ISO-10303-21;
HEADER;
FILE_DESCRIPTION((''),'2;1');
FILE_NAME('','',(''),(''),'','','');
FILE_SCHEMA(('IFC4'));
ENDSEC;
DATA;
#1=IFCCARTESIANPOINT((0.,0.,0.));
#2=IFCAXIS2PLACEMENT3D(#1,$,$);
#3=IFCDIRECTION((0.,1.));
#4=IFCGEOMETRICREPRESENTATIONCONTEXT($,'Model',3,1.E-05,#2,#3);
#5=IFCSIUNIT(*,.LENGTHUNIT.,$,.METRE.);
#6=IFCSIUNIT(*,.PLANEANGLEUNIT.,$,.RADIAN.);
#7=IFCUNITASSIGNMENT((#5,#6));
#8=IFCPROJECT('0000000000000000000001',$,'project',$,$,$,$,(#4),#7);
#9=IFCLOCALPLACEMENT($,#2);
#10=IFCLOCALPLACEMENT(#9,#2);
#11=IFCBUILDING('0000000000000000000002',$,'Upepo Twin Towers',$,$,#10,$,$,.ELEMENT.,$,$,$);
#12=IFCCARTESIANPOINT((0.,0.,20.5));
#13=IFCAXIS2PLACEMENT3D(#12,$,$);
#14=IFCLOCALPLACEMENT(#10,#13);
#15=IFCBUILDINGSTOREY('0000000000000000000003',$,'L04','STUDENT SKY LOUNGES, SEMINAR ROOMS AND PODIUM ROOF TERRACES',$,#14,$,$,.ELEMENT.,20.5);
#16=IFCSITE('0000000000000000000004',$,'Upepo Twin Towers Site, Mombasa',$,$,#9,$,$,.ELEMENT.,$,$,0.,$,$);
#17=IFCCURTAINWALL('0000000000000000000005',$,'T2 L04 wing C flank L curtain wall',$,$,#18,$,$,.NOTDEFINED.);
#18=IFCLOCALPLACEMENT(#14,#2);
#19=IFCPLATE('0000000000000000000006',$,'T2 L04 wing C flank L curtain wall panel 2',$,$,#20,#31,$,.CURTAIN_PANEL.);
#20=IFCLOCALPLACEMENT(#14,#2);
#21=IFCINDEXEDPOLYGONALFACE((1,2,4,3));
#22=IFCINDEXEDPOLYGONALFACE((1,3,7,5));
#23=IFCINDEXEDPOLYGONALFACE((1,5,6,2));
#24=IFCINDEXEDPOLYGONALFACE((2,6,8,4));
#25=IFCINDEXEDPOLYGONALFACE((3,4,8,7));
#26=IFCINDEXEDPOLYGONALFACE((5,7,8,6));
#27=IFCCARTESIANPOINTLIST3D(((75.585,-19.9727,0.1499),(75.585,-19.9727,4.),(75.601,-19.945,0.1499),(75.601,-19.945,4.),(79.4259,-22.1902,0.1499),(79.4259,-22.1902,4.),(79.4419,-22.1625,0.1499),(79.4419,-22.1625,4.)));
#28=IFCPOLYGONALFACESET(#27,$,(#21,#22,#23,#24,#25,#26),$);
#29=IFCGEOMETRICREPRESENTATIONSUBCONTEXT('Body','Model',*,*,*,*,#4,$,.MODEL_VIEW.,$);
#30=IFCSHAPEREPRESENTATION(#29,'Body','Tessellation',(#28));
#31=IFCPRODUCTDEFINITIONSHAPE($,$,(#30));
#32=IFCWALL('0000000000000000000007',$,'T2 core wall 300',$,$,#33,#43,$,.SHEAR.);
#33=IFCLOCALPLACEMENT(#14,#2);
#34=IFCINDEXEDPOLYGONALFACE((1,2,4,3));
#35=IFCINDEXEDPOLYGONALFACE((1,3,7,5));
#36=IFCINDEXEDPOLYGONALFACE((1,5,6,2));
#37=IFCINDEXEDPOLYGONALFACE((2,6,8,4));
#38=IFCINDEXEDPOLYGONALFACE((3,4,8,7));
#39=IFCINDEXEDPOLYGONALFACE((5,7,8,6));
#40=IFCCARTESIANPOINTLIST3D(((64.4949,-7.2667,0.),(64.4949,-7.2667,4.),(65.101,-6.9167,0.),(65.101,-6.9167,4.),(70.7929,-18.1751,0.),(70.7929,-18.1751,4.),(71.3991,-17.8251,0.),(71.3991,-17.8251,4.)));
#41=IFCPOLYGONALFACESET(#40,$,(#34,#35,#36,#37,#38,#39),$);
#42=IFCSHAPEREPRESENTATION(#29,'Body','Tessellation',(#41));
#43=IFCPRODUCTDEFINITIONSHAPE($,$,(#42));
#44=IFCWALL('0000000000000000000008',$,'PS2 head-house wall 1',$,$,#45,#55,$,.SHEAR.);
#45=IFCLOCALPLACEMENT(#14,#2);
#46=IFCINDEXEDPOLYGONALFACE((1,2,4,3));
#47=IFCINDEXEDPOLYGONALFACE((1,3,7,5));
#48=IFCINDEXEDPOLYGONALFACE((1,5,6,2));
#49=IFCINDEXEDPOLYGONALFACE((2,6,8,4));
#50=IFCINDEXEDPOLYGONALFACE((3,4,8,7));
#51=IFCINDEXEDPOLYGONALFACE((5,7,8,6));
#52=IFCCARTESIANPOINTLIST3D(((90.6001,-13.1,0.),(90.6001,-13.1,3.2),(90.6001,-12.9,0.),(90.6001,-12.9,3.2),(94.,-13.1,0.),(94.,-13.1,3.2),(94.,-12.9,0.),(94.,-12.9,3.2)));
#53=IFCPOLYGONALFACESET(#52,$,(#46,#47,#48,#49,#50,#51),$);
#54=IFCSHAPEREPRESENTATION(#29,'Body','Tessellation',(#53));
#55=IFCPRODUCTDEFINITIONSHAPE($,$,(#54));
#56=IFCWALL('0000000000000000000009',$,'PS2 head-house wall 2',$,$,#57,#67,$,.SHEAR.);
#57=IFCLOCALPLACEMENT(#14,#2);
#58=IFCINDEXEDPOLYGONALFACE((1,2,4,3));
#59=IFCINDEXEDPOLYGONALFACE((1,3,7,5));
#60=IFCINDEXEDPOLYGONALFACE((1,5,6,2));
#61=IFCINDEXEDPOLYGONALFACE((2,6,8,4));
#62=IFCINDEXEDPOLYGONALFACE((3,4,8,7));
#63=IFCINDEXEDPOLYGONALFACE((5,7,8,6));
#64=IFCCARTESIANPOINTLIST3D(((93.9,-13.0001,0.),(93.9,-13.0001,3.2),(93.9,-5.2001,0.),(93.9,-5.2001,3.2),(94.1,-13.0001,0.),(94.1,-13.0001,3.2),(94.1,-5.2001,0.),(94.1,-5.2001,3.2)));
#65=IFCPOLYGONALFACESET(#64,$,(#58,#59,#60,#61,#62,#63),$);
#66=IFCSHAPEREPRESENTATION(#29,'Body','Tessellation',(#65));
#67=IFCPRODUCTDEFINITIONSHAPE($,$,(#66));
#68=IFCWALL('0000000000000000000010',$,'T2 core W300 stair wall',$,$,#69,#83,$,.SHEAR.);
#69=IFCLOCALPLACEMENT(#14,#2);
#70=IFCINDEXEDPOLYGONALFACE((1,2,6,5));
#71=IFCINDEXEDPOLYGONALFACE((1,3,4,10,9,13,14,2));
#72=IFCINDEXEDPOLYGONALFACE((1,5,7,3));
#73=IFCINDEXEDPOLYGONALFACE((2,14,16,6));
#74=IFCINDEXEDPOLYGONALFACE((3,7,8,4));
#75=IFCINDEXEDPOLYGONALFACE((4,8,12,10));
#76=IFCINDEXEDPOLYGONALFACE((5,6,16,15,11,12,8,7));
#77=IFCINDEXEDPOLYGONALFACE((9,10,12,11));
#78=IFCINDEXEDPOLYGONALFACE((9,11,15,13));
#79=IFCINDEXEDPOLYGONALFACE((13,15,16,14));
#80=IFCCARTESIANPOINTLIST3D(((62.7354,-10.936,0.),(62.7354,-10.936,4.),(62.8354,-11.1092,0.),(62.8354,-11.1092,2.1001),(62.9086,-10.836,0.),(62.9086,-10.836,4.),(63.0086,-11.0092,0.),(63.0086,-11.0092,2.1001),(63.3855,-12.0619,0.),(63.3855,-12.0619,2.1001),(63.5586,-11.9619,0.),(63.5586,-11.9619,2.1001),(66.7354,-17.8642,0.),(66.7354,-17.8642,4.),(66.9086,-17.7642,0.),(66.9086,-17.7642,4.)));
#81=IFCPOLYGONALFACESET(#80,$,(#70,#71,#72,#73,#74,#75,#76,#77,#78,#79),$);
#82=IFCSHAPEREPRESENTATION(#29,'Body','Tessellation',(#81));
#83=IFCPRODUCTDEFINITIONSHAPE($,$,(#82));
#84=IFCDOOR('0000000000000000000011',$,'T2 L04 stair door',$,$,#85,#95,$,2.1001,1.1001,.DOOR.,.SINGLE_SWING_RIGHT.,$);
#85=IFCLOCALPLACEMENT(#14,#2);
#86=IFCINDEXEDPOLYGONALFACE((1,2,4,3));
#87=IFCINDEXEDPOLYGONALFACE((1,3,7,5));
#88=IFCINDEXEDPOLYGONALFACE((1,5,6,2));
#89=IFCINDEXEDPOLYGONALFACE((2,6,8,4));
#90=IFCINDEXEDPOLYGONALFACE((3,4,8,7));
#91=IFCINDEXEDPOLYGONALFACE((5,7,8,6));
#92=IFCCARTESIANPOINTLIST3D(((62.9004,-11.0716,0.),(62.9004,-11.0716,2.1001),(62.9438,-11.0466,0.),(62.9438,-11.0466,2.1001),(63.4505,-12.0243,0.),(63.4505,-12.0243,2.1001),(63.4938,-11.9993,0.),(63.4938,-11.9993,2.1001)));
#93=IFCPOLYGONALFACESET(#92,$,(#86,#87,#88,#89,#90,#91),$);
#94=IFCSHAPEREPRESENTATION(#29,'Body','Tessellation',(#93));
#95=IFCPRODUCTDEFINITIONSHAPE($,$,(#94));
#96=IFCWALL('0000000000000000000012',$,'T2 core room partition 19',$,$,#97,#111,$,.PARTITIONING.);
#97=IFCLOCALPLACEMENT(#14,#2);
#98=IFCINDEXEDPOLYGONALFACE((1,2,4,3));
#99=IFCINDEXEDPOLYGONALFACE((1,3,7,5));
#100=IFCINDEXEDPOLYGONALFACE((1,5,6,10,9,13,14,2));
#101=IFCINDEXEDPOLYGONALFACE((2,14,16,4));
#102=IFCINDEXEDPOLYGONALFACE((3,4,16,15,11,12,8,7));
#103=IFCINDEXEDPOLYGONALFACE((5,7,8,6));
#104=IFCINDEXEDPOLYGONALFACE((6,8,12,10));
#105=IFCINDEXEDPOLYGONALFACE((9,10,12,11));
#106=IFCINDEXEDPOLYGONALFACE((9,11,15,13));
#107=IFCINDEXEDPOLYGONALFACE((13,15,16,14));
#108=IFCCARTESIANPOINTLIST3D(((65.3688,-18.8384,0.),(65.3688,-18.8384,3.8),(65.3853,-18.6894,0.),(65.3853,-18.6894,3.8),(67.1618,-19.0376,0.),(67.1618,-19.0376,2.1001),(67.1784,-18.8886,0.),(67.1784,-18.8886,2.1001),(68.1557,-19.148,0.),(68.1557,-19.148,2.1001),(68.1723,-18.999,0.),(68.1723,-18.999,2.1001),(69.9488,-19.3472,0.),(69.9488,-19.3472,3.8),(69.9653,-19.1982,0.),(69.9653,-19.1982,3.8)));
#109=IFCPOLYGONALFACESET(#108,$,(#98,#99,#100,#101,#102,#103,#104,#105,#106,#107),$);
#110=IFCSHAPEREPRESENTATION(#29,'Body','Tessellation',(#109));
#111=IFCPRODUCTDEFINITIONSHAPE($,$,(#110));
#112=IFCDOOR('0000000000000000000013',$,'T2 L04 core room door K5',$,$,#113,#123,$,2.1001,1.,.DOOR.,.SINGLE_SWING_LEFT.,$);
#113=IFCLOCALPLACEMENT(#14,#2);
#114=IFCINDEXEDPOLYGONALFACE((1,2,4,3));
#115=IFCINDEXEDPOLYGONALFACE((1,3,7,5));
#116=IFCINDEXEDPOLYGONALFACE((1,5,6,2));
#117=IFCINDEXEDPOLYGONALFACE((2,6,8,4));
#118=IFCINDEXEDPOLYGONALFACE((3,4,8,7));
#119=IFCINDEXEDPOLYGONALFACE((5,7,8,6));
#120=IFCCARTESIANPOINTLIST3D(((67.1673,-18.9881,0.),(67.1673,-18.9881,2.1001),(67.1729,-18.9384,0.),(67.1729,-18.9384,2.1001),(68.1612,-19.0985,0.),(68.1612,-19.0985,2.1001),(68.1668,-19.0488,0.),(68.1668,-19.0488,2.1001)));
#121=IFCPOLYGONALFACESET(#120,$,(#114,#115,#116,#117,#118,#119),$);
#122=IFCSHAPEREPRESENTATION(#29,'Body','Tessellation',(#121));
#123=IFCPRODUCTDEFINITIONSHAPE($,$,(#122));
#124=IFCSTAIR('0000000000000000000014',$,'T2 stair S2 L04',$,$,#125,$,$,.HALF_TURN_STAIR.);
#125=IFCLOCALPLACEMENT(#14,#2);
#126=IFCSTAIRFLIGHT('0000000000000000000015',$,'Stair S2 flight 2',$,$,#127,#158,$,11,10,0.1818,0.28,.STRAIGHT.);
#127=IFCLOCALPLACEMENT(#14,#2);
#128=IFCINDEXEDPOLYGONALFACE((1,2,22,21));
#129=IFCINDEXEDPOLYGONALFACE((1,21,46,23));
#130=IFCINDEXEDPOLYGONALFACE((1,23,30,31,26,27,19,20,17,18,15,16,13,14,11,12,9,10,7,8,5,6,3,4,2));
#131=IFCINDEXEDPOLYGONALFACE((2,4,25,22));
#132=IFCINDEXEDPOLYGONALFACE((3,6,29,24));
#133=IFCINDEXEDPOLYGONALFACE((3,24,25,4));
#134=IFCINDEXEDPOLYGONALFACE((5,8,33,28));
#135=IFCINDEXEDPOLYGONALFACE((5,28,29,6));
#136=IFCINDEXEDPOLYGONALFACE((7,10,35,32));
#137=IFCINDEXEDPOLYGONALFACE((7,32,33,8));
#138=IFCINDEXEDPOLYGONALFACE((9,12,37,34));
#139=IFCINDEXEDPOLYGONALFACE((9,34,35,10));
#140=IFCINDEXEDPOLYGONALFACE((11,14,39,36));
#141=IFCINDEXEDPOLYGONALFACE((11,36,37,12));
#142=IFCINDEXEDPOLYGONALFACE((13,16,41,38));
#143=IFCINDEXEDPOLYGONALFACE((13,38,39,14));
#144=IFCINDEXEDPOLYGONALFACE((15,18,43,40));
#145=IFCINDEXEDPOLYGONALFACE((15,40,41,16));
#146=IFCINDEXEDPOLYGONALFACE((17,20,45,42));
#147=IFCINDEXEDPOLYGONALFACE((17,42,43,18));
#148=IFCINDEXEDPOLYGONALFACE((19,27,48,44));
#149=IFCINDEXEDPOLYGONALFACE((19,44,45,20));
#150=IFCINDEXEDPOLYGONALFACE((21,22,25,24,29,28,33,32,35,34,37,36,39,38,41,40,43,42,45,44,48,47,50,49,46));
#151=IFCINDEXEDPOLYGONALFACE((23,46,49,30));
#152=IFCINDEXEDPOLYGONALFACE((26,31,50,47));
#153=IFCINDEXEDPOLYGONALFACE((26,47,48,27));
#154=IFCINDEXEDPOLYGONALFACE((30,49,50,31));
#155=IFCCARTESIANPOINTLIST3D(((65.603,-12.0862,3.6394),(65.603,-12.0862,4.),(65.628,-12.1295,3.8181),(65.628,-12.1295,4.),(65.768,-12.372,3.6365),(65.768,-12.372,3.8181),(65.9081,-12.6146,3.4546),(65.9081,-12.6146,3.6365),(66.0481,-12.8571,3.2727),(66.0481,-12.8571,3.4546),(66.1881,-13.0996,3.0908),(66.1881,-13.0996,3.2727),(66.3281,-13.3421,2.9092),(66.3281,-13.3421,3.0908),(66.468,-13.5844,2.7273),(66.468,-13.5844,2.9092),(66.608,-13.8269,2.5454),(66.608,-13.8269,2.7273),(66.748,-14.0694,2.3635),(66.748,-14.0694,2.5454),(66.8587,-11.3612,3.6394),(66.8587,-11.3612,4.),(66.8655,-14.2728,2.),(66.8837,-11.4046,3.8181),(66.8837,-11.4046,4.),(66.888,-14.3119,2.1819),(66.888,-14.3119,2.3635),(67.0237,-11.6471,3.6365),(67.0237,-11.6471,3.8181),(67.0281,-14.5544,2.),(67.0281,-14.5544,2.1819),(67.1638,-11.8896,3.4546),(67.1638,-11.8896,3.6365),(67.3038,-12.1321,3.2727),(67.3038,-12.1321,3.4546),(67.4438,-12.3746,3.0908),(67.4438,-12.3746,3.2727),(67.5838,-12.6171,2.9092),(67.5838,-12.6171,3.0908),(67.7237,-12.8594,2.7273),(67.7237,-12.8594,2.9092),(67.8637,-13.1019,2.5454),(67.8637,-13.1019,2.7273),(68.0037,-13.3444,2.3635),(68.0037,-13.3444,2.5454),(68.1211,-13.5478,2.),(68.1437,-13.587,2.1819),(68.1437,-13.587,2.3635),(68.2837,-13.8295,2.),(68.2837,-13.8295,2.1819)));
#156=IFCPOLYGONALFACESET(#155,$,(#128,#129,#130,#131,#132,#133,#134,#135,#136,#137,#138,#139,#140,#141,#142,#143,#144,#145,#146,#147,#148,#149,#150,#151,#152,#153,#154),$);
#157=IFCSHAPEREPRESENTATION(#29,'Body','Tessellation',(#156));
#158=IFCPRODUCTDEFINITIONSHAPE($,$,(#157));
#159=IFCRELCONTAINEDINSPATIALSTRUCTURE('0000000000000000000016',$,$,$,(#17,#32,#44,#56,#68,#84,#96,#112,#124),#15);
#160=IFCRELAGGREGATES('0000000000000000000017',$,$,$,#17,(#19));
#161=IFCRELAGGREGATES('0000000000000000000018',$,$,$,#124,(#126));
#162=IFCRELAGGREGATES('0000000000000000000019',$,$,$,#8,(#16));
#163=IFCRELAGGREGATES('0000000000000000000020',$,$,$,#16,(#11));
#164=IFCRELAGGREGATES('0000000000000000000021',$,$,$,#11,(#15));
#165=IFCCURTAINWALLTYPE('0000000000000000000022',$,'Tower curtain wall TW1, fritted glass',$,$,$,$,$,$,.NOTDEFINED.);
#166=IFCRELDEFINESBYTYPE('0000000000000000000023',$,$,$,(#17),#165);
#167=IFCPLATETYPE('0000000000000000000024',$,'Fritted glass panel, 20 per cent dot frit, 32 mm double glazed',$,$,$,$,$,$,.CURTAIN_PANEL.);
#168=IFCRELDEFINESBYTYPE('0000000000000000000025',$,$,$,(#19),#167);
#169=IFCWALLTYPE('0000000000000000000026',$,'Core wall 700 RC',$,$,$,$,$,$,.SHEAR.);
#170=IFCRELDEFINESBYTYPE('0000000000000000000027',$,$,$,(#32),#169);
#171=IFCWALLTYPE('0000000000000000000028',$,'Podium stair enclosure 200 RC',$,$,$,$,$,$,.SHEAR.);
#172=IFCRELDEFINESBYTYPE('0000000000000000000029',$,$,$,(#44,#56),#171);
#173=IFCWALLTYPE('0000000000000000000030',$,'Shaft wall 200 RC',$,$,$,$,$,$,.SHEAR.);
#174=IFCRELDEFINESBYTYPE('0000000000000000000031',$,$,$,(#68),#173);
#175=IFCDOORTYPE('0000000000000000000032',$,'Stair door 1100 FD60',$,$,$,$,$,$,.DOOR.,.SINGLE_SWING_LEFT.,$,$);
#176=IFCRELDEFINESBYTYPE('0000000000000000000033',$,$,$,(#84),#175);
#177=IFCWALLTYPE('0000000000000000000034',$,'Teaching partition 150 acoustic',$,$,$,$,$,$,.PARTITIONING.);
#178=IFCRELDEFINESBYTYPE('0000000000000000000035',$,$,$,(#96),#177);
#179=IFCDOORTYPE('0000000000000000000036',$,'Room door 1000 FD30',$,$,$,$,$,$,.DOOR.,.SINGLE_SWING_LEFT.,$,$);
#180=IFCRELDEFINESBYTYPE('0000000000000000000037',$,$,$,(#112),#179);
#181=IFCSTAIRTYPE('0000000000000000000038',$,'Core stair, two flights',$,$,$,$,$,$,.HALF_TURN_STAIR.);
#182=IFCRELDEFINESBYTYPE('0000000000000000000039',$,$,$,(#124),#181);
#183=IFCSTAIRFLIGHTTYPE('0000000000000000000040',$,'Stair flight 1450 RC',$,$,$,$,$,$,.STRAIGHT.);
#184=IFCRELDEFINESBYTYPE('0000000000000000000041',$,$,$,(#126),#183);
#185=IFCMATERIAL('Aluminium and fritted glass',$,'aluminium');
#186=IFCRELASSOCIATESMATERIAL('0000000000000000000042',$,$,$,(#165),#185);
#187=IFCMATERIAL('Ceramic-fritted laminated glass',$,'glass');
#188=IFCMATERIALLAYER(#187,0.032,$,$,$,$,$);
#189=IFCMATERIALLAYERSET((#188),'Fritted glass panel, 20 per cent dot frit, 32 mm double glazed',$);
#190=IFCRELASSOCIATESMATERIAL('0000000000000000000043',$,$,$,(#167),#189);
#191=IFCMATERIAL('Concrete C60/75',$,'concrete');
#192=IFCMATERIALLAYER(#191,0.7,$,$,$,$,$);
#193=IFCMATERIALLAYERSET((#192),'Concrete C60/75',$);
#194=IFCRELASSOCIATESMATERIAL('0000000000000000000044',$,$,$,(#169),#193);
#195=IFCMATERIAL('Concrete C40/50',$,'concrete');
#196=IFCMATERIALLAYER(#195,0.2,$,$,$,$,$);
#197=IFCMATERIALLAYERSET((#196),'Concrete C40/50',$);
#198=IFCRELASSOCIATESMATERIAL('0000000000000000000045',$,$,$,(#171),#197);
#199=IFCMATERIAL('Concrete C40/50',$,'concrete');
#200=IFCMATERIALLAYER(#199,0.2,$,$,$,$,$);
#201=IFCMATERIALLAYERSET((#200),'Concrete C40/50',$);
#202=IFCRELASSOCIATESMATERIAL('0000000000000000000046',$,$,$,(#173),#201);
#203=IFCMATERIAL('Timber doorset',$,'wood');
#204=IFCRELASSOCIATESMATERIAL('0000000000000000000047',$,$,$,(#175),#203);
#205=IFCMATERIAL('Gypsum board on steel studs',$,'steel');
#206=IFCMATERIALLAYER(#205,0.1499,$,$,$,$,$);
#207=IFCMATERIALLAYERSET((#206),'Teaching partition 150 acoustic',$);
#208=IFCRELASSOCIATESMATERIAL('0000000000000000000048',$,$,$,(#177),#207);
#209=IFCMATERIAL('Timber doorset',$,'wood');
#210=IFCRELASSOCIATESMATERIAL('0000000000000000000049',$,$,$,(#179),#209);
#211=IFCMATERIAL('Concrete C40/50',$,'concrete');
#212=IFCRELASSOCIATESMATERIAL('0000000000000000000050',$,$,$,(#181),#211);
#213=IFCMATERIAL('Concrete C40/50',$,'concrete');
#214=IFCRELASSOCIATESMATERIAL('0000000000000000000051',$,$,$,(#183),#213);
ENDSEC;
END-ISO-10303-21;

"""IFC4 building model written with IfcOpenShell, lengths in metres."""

from ifc_helpers import new_model, si_unit, direction, frame, frame_2d, origin, origin_2d, place, context, subcontext, project, spatial, polyline, rectangle, outline, extrude, material, layer, layer_set, type_object, element, fill, aggregate, save


model = new_model("IFC4")

# Units and contexts
model_context = context("Model", 3, precision=1e-05, world=origin(), true_north=direction((0.0, 1.0)))
body_context = subcontext(model_context, "Body", "Model", "MODEL_VIEW")
ifc_project = project(units=[si_unit("LENGTHUNIT", "METRE"), si_unit("PLANEANGLEUNIT", "RADIAN")], contexts=[model_context])

# Site, building, storey
site_placement = place(None, origin())
site = spatial("IfcSite", under=ifc_project, at=site_placement, Name="Upepo Twin Towers Site, Mombasa", CompositionType="ELEMENT", RefElevation=0.0)
building_placement = place(site_placement, origin())
building = spatial("IfcBuilding", under=site, at=building_placement, Name="Upepo Twin Towers", CompositionType="ELEMENT")
storey_placement = place(building_placement, frame((0.0, 0.0, 20.5)))
storey = spatial("IfcBuildingStorey", under=building, at=storey_placement, Name="L04", Description="STUDENT SKY LOUNGES, SEMINAR ROOMS AND PODIUM ROOF TERRACES", CompositionType="ELEMENT", Elevation=20.5)

# Curtain wall, plate
ifc_material_1 = material(Name="Aluminium and fritted glass", Category="aluminium")
curtain_wall_type = type_object("IfcCurtainWallType", Name="Tower curtain wall TW1, fritted glass", PredefinedType="NOTDEFINED", material=ifc_material_1)
curtain_wall_placement = place(storey_placement, origin())
curtain_wall = element("IfcCurtainWall", 1, at=curtain_wall_placement, inside=storey, type_object=curtain_wall_type, Name="T2 L04 wing C flank L curtain wall", PredefinedType="NOTDEFINED")
ifc_material_2 = material(Name="Ceramic-fritted laminated glass", Category="glass")
ifc_layer_1 = layer(ifc_material_2, 0.032)
ifc_layer_set_1 = layer_set([ifc_layer_1], Name="Fritted glass panel, 20 per cent dot frit, 32 mm double glazed")
plate_type = type_object("IfcPlateType", Name="Fritted glass panel, 20 per cent dot frit, 32 mm double glazed", PredefinedType="CURTAIN_PANEL", material=ifc_layer_set_1)
plate_1_placement = place(storey_placement, frame((77.5134, -21.0676, 0.1499), z_axis=(0.0, 0.0, 1.0), x_axis=(0.866025, -0.5, 0.0)))
plate_1 = element("IfcPlate", 2, at=plate_1_placement, type_object=plate_type, Name="T2 L04 wing C flank L curtain wall panel 2", PredefinedType="CURTAIN_PANEL", context=body_context, shape_type="SweptSolid", body=[
    extrude(rectangle(XDim=4.4351, YDim=0.032, at=origin_2d()), origin(), (0.0, 0.0, 1.0), 3.8501),
])
aggregate(curtain_wall, [plate_1])

# Walls
ifc_material_3 = material(Name="Concrete C60/75", Category="concrete")
ifc_layer_2 = layer(ifc_material_3, 0.7)
ifc_layer_set_2 = layer_set([ifc_layer_2], Name="Concrete C60/75")
wall_type_1 = type_object("IfcWallType", Name="Core wall 700 RC", PredefinedType="SHEAR", material=ifc_layer_set_2)
wall_1_placement = place(storey_placement, frame((71.0959, -18.0, 0.0), z_axis=(0.0, 0.0, 1.0), x_axis=(-0.500006, 0.866022, 0.0)))
element("IfcWall", 3, at=wall_1_placement, inside=storey, type_object=wall_type_1, Name="T2 core wall 300", PredefinedType="SHEAR", context=body_context, shape_type="SweptSolid", body=[
    extrude(rectangle(XDim=12.5959, YDim=0.7, at=frame_2d((6.2979, 0.0))), origin(), (0.0, 0.0, 1.0), 4.0),
])
ifc_material_4 = material(Name="Concrete C40/50", Category="concrete")
ifc_layer_3 = layer(ifc_material_4, 0.2)
ifc_layer_set_3 = layer_set([ifc_layer_3], Name="Concrete C40/50")
wall_type_2 = type_object("IfcWallType", Name="Podium stair enclosure 200 RC", PredefinedType="SHEAR", material=ifc_layer_set_3)
wall_2_placement = place(storey_placement, frame((90.6001, -13.0, 0.0), z_axis=(0.0, 0.0, 1.0), x_axis=(1.0, 0.0, 0.0)))
element("IfcWall", 4, at=wall_2_placement, inside=storey, type_object=wall_type_2, Name="PS2 head-house wall 1", PredefinedType="SHEAR", context=body_context, shape_type="SweptSolid", body=[
    extrude(rectangle(XDim=3.3999, YDim=0.2, at=frame_2d((1.7, 0.0))), origin(), (0.0, 0.0, 1.0), 3.2),
])
wall_3_placement = place(storey_placement, frame((94.0, -13.0, 0.0), z_axis=(0.0, 0.0, 1.0), x_axis=(0.0, 1.0, 0.0)))
element("IfcWall", 5, at=wall_3_placement, inside=storey, type_object=wall_type_2, Name="PS2 head-house wall 2", PredefinedType="SHEAR", context=body_context, shape_type="SweptSolid", body=[
    extrude(rectangle(XDim=7.8, YDim=0.2, at=frame_2d((3.8999, 0.0))), origin(), (0.0, 0.0, 1.0), 3.2),
])

# Walls, openings, doors
ifc_material_5 = material(Name="Concrete C40/50", Category="concrete")
ifc_layer_4 = layer(ifc_material_5, 0.2)
ifc_layer_set_4 = layer_set([ifc_layer_4], Name="Concrete C40/50")
wall_type_3 = type_object("IfcWallType", Name="Shaft wall 200 RC", PredefinedType="SHEAR", material=ifc_layer_set_4)
wall_4_placement = place(storey_placement, frame((66.822, -17.8142, 0.0), z_axis=(0.0, 0.0, 1.0), x_axis=(-0.499999, 0.866026, 0.0)))
wall_4 = element("IfcWall", 6, at=wall_4_placement, inside=storey, type_object=wall_type_3, Name="T2 core W300 stair wall", PredefinedType="SHEAR", context=body_context, shape_type="SweptSolid", body=[
    extrude(rectangle(XDim=8.0, YDim=0.2, at=frame_2d((4.0, 0.0))), origin(), (0.0, 0.0, 1.0), 4.0),
])
opening_1_placement = place(wall_4_placement, frame((6.7, 0.0, 0.0)))
opening_1 = element("IfcOpeningElement", 7, at=opening_1_placement, cuts=wall_4, PredefinedType="OPENING", context=body_context, shape_type="SweptSolid", body=[
    extrude(rectangle(XDim=1.1001, YDim=2.1001, at=frame_2d((0.55, 1.05))), frame((0.0, 0.1099, 0.0), z_axis=(0.0, -1.0, 0.0), x_axis=(1.0, 0.0, 0.0)), (0.0, 0.0, 1.0), 0.22),
])
ifc_material_6 = material(Name="Timber doorset", Category="wood")
door_type_1 = type_object("IfcDoorType", Name="Stair door 1100 FD60", OperationType="SINGLE_SWING_LEFT", PredefinedType="DOOR", material=ifc_material_6)
door_1_placement = place(opening_1_placement, origin())
door_1 = element("IfcDoor", 8, at=door_1_placement, inside=storey, type_object=door_type_1, Name="T2 L04 stair door", OperationType="SINGLE_SWING_RIGHT", OverallHeight=2.1001, OverallWidth=1.1001, PredefinedType="DOOR", context=body_context, shape_type="SweptSolid", body=[
    extrude(rectangle(XDim=1.1001, YDim=2.1001, at=frame_2d((0.55, 1.05))), frame((0.0, 0.0249, 0.0), z_axis=(0.0, -1.0, 0.0), x_axis=(1.0, 0.0, 0.0)), (0.0, 0.0, 1.0), 0.05),
])
fill(opening_1, door_1)
ifc_material_7 = material(Name="Gypsum board on steel studs", Category="steel")
ifc_layer_5 = layer(ifc_material_7, 0.1499)
ifc_layer_set_5 = layer_set([ifc_layer_5], Name="Teaching partition 150 acoustic")
wall_type_4 = type_object("IfcWallType", Name="Teaching partition 150 acoustic", PredefinedType="PARTITIONING", material=ifc_layer_set_5)
wall_5_placement = place(storey_placement, frame((65.377, -18.7639, 0.0), z_axis=(0.0, 0.0, 1.0), x_axis=(0.993886, -0.110408, 0.0)))
wall_5 = element("IfcWall", 9, at=wall_5_placement, inside=storey, type_object=wall_type_4, Name="T2 core room partition 19", PredefinedType="PARTITIONING", context=body_context, shape_type="SweptSolid", body=[
    extrude(rectangle(XDim=4.6082, YDim=0.1499, at=frame_2d((2.3042, 0.0))), origin(), (0.0, 0.0, 1.0), 3.8),
])
opening_2_placement = place(wall_5_placement, frame((1.8042, 0.0, 0.0)))
opening_2 = element("IfcOpeningElement", 10, at=opening_2_placement, cuts=wall_5, PredefinedType="OPENING", context=body_context, shape_type="SweptSolid", body=[
    extrude(rectangle(XDim=1.0, YDim=2.1001, at=frame_2d((0.5, 1.05))), frame((0.0, 0.085, 0.0), z_axis=(0.0, -1.0, 0.0), x_axis=(1.0, 0.0, 0.0)), (0.0, 0.0, 1.0), 0.1699),
])
ifc_material_8 = material(Name="Timber doorset", Category="wood")
door_type_2 = type_object("IfcDoorType", Name="Room door 1000 FD30", OperationType="SINGLE_SWING_LEFT", PredefinedType="DOOR", material=ifc_material_8)
door_2_placement = place(opening_2_placement, origin())
door_2 = element("IfcDoor", 11, at=door_2_placement, inside=storey, type_object=door_type_2, Name="T2 L04 core room door K5", OperationType="SINGLE_SWING_LEFT", OverallHeight=2.1001, OverallWidth=1.0, PredefinedType="DOOR", context=body_context, shape_type="SweptSolid", body=[
    extrude(rectangle(XDim=1.0, YDim=2.1001, at=frame_2d((0.5, 1.05))), frame((0.0, 0.0249, 0.0), z_axis=(0.0, -1.0, 0.0), x_axis=(1.0, 0.0, 0.0)), (0.0, 0.0, 1.0), 0.05),
])
fill(opening_2, door_2)

# Stair, stair flight
ifc_material_9 = material(Name="Concrete C40/50", Category="concrete")
stair_type = type_object("IfcStairType", Name="Core stair, two flights", PredefinedType="HALF_TURN_STAIR", material=ifc_material_9)
stair_placement = place(storey_placement, origin())
stair = element("IfcStair", 12, at=stair_placement, inside=storey, type_object=stair_type, Name="T2 stair S2 L04", PredefinedType="HALF_TURN_STAIR")
ifc_material_10 = material(Name="Concrete C40/50", Category="concrete")
stair_flight_type = type_object("IfcStairFlightType", Name="Stair flight 1450 RC", PredefinedType="STRAIGHT", material=ifc_material_10)
stair_flight_placement = place(storey_placement, frame((67.656, -14.1919, 2.0), z_axis=(0.0, 0.0, 1.0), x_axis=(-0.5, 0.866025, 0.0)))
stair_flight = element("IfcStairFlight", 13, at=stair_flight_placement, type_object=stair_flight_type, Name="Stair S2 flight 2", NumberOfRisers=11, NumberOfTreads=10, PredefinedType="STRAIGHT", RiserHeight=0.1818, TreadLength=0.28, context=body_context, shape_type="SweptSolid", body=[
    extrude(outline(polyline([(0.0, 0.0), (0.0, 0.1819), (0.28, 0.1819), (0.28, 0.3635), (0.5601, 0.3635), (0.5601, 0.5454), (0.8401, 0.5454), (0.8401, 0.7273), (1.1201, 0.7273), (1.1201, 0.9092), (1.3999, 0.9092), (1.3999, 1.0908), (1.6799, 1.0908), (1.6799, 1.2727), (1.96, 1.2727), (1.96, 1.4546), (2.24, 1.4546), (2.24, 1.6365), (2.52, 1.6365), (2.52, 1.8181), (2.8, 1.8181), (2.8, 2.0), (2.8501, 2.0), (2.8501, 1.6394), (0.3252, 0.0), (0.0, 0.0)])), frame((0.0, 0.7251, 0.0), z_axis=(0.0, -1.0, 0.0), x_axis=(1.0, 0.0, 0.0)), (0.0, 0.0, 1.0), 1.45),
])
aggregate(stair, [stair_flight])

save(model, "model.ifc")
